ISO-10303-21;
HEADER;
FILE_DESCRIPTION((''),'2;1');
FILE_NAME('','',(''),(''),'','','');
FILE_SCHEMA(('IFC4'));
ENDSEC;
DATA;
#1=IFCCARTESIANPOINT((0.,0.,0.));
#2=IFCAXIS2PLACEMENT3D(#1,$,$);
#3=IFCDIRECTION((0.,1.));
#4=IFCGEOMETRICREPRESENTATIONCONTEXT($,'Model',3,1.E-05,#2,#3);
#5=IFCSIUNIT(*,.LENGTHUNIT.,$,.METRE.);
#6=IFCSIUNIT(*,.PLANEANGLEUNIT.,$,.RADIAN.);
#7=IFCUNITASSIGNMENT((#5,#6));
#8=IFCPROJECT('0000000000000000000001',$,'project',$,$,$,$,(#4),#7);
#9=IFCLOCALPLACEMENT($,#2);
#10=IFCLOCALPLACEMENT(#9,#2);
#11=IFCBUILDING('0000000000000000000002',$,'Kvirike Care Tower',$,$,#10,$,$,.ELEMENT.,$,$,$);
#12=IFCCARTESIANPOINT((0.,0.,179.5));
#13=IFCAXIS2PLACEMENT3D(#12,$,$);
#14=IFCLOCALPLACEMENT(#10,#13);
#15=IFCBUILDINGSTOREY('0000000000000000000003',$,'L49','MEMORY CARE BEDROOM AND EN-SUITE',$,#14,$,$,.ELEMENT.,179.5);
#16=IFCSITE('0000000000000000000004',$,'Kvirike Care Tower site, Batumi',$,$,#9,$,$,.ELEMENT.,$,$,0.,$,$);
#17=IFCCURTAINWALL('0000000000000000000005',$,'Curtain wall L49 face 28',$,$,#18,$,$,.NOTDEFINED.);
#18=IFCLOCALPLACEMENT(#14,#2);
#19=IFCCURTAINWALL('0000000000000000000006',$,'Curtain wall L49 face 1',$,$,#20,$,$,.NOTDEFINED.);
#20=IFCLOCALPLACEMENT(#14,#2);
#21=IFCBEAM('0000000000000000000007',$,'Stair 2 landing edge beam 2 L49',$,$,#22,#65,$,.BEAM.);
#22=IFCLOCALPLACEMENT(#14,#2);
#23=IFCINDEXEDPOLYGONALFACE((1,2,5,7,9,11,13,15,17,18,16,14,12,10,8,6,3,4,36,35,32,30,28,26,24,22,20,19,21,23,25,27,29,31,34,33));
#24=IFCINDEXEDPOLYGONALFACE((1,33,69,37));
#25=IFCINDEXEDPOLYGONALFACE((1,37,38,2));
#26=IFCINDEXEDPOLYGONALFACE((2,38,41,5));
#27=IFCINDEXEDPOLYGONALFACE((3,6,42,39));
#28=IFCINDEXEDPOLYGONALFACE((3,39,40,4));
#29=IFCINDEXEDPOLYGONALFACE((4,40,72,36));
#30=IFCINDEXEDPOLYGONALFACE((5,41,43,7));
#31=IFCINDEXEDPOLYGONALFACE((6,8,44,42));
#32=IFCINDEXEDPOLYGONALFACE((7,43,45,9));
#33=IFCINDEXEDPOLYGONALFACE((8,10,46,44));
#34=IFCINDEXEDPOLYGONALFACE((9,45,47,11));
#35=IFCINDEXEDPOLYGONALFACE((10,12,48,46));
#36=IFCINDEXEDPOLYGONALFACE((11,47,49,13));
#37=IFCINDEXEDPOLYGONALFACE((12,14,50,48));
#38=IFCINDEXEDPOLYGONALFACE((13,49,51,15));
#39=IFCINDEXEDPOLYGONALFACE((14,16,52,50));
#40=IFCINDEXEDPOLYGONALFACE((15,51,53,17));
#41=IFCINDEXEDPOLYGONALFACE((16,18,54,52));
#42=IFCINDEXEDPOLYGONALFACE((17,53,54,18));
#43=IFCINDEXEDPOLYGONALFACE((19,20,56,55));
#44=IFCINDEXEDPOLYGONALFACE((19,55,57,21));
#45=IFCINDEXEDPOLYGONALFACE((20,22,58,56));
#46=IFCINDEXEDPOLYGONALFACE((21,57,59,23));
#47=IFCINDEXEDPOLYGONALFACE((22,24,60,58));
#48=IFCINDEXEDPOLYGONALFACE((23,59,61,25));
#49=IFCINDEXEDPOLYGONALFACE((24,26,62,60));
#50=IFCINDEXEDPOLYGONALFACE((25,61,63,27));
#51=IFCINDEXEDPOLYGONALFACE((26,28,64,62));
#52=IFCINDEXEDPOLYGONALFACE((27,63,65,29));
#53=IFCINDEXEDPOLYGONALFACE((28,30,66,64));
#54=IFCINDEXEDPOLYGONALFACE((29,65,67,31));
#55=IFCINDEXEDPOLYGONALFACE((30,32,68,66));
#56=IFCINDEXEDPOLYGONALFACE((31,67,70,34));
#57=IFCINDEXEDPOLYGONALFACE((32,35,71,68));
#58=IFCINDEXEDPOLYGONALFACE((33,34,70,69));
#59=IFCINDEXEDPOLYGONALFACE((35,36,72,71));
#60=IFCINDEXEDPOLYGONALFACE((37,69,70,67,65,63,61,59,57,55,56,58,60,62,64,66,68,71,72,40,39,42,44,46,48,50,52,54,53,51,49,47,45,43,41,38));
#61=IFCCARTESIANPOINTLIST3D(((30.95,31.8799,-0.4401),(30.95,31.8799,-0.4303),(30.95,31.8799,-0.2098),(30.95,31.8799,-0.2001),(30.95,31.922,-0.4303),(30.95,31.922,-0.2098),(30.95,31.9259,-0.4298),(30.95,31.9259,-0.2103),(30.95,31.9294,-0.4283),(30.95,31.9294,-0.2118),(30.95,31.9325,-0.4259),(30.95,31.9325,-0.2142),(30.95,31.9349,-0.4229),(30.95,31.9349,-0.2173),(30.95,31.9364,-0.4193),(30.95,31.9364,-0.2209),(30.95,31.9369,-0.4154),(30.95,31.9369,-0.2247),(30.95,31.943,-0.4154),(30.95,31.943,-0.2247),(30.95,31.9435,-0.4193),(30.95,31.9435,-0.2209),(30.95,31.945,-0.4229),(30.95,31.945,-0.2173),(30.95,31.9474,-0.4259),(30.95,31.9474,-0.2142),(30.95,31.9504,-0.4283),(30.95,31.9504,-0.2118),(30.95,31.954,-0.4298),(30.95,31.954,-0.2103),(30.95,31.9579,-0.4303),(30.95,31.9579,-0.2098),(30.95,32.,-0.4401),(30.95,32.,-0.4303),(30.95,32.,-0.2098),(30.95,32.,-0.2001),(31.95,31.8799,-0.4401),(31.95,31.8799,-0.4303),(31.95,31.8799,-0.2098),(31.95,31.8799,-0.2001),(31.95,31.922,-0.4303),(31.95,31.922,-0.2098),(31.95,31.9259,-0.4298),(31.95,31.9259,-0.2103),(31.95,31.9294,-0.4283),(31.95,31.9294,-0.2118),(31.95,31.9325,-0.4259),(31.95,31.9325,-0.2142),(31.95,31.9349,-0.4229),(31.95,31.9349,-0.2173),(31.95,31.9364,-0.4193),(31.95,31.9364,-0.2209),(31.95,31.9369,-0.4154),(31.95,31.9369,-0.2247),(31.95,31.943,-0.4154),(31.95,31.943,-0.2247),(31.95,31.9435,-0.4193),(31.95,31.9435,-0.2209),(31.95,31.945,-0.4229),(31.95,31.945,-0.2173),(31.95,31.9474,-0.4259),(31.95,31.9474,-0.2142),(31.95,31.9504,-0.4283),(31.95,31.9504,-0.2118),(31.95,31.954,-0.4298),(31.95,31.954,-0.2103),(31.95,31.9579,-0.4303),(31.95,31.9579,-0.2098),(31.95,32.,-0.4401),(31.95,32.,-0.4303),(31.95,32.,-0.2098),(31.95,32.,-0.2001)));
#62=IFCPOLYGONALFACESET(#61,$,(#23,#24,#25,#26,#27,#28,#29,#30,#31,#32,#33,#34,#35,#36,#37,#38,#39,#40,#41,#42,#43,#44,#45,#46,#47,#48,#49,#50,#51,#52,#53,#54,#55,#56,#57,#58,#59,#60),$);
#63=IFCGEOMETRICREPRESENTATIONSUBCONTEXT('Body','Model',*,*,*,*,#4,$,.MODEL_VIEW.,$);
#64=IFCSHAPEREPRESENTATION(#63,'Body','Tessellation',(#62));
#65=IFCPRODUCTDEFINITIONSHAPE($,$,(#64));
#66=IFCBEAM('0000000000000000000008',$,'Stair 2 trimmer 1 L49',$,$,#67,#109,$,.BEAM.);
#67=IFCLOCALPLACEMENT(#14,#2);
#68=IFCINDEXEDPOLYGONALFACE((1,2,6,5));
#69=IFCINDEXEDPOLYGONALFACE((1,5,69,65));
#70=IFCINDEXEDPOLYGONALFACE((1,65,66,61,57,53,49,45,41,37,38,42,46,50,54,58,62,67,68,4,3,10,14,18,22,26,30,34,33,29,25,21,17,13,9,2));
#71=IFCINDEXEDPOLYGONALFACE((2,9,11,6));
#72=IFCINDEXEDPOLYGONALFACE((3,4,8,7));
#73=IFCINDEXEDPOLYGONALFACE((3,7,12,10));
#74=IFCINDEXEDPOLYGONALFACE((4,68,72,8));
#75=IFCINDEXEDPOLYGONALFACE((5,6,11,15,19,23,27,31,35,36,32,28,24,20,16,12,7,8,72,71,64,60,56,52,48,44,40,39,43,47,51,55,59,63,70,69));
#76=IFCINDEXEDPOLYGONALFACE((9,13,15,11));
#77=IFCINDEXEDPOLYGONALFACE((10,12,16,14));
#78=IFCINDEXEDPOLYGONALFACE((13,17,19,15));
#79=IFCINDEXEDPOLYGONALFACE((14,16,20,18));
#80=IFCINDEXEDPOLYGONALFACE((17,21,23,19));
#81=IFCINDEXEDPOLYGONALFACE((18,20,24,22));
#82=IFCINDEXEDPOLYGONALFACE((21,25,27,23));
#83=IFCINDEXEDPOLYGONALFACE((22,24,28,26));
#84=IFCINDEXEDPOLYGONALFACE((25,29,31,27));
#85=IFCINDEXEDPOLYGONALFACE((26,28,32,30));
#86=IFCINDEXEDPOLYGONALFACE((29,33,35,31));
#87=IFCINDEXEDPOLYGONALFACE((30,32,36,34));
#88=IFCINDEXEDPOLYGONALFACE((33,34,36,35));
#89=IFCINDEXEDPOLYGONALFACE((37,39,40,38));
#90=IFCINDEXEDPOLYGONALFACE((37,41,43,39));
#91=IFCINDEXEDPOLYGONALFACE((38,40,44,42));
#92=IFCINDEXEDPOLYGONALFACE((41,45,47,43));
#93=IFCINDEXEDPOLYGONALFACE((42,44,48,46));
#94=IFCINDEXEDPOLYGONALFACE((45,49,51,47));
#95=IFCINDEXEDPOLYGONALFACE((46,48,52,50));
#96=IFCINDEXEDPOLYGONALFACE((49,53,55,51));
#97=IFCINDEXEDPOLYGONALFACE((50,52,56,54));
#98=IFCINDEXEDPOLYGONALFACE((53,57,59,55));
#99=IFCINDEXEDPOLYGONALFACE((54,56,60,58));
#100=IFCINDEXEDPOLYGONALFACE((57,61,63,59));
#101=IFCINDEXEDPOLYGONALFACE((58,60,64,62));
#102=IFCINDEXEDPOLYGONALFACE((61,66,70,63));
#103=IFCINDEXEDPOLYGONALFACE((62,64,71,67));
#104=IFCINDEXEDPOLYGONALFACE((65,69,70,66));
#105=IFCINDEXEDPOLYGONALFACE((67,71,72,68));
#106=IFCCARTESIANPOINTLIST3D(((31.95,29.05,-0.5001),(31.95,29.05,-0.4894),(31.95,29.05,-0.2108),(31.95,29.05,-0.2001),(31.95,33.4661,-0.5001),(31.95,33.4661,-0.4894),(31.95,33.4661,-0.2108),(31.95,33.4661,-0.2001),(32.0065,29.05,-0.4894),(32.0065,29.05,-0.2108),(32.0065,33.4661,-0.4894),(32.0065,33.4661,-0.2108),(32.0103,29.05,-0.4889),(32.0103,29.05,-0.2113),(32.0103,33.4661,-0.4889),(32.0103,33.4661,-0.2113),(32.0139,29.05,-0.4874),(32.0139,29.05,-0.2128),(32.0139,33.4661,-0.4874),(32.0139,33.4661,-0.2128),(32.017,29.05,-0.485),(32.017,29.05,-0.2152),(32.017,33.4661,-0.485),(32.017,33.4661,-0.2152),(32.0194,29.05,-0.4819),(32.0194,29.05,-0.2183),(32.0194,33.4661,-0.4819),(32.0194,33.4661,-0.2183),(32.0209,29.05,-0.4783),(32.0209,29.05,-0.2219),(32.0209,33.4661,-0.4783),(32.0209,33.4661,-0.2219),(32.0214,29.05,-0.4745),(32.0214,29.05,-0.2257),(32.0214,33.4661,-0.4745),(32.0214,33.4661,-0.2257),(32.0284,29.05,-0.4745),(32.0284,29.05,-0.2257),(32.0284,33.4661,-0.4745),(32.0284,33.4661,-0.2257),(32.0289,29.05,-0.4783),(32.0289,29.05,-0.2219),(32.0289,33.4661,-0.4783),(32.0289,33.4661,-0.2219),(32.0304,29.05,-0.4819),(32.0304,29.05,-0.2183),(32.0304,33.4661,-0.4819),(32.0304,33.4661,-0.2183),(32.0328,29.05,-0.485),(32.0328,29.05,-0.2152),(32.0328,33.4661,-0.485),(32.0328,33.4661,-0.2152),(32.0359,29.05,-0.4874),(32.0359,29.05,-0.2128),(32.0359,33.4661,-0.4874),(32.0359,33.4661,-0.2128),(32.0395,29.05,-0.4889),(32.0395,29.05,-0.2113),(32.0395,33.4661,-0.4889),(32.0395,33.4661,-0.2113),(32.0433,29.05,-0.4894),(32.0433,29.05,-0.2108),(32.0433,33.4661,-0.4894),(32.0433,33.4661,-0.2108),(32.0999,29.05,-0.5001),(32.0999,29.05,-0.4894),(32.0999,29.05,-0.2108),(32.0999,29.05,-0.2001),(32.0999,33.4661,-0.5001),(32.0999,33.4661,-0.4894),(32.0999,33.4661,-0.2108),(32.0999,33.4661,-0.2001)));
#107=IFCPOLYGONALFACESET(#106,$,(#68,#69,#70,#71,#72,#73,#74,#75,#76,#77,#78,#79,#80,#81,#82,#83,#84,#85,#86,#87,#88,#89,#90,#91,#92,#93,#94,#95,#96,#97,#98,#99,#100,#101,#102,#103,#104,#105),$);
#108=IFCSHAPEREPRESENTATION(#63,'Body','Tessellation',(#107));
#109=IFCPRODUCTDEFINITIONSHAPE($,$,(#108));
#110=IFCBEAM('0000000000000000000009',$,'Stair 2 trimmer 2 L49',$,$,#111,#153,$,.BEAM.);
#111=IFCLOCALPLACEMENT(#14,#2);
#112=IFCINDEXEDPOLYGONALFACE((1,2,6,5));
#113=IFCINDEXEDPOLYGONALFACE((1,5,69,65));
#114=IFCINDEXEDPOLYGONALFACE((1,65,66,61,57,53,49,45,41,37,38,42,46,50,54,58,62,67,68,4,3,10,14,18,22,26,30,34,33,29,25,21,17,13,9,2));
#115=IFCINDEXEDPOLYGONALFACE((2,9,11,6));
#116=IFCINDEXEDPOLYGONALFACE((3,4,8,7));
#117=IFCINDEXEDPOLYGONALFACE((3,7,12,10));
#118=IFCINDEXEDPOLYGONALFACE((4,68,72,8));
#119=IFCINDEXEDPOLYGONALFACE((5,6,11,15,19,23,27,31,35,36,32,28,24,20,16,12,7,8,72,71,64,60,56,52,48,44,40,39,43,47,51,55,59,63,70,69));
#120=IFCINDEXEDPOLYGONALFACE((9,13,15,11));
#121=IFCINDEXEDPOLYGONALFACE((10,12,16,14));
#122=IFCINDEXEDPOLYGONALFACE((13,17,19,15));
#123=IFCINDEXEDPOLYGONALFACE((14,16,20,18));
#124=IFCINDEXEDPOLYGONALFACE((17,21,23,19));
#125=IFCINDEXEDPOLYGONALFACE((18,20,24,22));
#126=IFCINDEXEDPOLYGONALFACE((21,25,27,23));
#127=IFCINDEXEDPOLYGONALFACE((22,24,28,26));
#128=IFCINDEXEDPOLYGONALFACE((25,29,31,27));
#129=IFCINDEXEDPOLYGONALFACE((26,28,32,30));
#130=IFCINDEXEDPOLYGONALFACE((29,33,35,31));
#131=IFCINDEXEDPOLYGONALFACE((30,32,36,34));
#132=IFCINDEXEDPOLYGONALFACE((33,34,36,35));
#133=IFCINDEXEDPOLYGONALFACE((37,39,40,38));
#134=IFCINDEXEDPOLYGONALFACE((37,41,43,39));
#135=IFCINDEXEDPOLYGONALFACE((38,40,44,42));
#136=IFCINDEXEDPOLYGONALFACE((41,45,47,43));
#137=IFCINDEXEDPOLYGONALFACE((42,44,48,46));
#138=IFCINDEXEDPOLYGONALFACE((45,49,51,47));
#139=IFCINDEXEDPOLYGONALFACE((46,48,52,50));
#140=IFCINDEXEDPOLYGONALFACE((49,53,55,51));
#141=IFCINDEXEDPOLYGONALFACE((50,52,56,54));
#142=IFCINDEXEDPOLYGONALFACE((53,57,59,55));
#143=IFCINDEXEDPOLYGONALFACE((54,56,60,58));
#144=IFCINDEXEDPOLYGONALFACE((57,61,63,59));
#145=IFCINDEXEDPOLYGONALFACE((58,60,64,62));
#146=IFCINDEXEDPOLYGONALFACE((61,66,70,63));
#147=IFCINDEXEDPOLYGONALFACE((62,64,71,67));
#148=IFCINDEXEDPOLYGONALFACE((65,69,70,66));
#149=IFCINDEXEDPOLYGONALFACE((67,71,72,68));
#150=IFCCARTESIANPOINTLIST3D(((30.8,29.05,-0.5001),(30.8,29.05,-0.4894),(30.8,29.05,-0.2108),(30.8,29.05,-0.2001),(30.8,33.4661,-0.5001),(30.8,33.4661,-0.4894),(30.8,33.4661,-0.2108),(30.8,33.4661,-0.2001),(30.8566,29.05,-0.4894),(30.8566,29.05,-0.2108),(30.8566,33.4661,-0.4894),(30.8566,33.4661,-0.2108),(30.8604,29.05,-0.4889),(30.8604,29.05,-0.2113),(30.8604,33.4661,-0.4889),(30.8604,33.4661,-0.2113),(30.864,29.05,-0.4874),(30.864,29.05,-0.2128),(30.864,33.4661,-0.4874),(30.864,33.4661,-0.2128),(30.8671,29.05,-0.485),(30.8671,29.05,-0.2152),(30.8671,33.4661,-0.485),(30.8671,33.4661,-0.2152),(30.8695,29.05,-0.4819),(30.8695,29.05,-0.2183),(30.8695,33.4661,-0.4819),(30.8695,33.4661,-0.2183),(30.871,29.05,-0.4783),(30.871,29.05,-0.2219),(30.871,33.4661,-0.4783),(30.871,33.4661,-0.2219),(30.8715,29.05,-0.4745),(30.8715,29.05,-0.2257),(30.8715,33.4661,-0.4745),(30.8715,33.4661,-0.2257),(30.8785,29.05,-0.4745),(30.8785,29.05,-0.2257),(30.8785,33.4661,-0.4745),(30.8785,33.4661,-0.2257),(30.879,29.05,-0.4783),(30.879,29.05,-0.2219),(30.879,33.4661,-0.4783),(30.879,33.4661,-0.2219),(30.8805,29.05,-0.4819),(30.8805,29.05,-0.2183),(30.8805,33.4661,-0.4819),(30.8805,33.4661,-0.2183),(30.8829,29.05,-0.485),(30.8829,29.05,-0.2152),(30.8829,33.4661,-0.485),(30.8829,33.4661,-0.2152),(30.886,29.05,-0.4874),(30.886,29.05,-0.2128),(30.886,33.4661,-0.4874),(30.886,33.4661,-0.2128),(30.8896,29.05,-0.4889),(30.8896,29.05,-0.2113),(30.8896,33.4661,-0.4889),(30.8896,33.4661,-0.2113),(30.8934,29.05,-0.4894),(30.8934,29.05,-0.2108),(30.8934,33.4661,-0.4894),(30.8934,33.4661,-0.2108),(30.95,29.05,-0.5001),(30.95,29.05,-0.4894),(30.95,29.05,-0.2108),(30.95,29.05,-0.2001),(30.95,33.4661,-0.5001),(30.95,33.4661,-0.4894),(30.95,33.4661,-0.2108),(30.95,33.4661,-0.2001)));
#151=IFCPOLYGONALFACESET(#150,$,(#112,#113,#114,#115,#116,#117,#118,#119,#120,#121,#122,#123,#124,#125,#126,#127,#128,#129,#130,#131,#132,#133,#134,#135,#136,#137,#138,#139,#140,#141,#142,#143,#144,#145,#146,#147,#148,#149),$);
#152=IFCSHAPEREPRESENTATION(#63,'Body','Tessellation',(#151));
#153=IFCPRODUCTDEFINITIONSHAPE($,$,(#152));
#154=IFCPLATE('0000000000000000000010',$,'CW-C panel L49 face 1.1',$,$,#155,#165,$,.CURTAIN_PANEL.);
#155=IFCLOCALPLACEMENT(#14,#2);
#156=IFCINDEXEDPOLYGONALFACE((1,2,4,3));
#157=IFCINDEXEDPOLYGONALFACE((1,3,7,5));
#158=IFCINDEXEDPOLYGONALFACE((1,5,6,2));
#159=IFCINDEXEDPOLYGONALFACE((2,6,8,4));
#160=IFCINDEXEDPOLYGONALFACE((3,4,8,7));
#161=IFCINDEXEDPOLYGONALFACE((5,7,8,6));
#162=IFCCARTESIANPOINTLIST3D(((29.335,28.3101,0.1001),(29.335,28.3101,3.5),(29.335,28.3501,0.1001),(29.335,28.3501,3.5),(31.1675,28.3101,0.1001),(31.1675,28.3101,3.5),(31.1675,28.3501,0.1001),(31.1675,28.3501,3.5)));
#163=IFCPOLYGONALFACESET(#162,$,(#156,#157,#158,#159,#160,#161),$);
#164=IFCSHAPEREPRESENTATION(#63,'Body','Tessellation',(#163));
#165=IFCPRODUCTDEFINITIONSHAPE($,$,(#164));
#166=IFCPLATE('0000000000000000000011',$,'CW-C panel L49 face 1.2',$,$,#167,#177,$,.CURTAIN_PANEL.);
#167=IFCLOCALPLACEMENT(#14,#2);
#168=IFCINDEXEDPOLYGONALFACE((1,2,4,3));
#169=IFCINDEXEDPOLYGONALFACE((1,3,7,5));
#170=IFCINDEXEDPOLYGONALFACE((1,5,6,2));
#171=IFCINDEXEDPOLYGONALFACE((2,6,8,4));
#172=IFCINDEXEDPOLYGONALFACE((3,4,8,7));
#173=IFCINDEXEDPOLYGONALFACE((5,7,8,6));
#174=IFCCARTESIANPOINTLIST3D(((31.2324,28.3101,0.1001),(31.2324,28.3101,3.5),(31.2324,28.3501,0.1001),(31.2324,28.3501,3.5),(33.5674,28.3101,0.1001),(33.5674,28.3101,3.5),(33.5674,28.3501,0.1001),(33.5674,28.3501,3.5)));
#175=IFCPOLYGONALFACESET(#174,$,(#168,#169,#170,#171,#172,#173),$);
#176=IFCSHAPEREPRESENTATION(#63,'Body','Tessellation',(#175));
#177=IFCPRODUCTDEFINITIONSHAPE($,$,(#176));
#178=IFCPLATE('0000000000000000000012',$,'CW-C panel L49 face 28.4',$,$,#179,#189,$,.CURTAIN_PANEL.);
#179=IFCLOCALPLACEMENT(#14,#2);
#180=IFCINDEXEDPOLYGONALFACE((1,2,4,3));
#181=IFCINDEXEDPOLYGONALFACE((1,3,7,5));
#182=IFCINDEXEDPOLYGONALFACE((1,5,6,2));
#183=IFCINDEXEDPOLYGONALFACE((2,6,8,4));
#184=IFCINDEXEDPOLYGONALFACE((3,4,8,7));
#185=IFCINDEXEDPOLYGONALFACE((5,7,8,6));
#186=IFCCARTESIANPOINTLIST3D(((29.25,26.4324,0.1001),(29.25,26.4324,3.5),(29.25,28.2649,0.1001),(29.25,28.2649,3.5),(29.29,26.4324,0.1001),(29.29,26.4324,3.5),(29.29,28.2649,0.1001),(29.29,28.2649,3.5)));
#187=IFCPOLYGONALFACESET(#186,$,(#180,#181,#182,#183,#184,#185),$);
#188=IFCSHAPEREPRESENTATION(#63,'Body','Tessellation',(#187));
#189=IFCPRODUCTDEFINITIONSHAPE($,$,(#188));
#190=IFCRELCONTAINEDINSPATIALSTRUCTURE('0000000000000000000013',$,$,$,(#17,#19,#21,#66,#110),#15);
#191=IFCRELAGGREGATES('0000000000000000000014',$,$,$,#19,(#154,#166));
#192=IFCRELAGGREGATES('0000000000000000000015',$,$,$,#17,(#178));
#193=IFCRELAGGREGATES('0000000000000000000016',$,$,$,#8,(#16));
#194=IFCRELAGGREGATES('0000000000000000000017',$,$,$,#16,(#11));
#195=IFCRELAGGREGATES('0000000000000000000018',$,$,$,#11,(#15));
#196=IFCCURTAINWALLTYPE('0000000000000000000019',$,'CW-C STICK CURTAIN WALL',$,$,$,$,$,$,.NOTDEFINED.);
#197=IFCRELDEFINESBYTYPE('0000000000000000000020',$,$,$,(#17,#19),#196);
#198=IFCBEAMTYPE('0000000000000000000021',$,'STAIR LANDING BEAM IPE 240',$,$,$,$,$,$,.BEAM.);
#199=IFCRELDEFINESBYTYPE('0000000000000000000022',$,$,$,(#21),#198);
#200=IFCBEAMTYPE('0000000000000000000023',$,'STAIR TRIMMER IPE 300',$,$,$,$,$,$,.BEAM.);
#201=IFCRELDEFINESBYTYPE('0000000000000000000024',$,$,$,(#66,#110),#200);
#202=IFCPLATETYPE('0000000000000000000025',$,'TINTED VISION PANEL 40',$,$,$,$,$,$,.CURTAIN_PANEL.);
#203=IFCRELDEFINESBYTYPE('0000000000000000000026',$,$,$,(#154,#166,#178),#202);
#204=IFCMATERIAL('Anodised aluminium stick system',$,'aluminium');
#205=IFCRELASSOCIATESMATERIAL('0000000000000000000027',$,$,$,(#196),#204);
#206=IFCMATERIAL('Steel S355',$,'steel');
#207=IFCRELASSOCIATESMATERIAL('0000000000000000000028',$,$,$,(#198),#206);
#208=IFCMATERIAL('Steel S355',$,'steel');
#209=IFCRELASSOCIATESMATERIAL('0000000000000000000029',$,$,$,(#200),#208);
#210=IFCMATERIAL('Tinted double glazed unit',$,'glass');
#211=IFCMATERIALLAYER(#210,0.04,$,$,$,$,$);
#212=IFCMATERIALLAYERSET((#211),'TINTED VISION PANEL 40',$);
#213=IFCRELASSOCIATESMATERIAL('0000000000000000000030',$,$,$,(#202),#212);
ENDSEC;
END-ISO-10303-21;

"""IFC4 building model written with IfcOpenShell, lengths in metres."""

from ifc_helpers import new_model, si_unit, direction, frame, origin, origin_2d, place, context, subcontext, project, spatial, rectangle, i_section, extrude, material, layer, layer_set, material_profile, profile_set, type_object, element, aggregate, save


model = new_model("IFC4")

# Units and contexts
model_context = context("Model", 3, precision=1e-05, world=origin(), true_north=direction((0.0, 1.0)))
body_context = subcontext(model_context, "Body", "Model", "MODEL_VIEW")
ifc_project = project(units=[si_unit("LENGTHUNIT", "METRE"), si_unit("PLANEANGLEUNIT", "RADIAN")], contexts=[model_context])

# Site, building, storey
site_placement = place(None, origin())
site = spatial("IfcSite", under=ifc_project, at=site_placement, Name="Kvirike Care Tower site, Batumi", CompositionType="ELEMENT", RefElevation=0.0)
building_placement = place(site_placement, origin())
building = spatial("IfcBuilding", under=site, at=building_placement, Name="Kvirike Care Tower", CompositionType="ELEMENT")
storey_placement = place(building_placement, frame((0.0, 0.0, 179.5)))
storey = spatial("IfcBuildingStorey", under=building, at=storey_placement, Name="L49", Description="MEMORY CARE BEDROOM AND EN-SUITE", CompositionType="ELEMENT", Elevation=179.5)

# Curtain wall
ifc_material_1 = material(Name="Anodised aluminium stick system", Category="aluminium")
curtain_wall_type = type_object("IfcCurtainWallType", Name="CW-C STICK CURTAIN WALL", PredefinedType="NOTDEFINED", material=ifc_material_1)
curtain_wall_1_placement = place(storey_placement, origin())
curtain_wall_1 = element("IfcCurtainWall", 1, at=curtain_wall_1_placement, inside=storey, type_object=curtain_wall_type, Name="Curtain wall L49 face 28", PredefinedType="NOTDEFINED")

# Curtain wall
curtain_wall_2_placement = place(storey_placement, origin())
curtain_wall_2 = element("IfcCurtainWall", 2, at=curtain_wall_2_placement, inside=storey, type_object=curtain_wall_type, Name="Curtain wall L49 face 1", PredefinedType="NOTDEFINED")

# Beams
ifc_material_2 = material(Name="Steel S355", Category="steel")
ifc_material_profile_1 = material_profile(ifc_material_2, i_section(OverallWidth=0.1201, OverallDepth=0.24, WebThickness=0.0061, FlangeThickness=0.0098, FilletRadius=0.0149, at=origin_2d()), Name="IPE 240")
ifc_profile_set_1 = profile_set([ifc_material_profile_1], Name="Steel S355")
beam_type_1 = type_object("IfcBeamType", Name="STAIR LANDING BEAM IPE 240", PredefinedType="BEAM", material=ifc_profile_set_1)
for number, where, z_axis, x_axis, name in (
    (3, (31.95, 31.9399, -0.3201), (-1.0, 0.0, 0.0), (0.0, -1.0, 0.0), "Stair 2 landing edge beam 2 L49"),
):
    element("IfcBeam", number, at=place(storey_placement, frame(where, z_axis=z_axis, x_axis=x_axis)), inside=storey, type_object=beam_type_1, Name=name, PredefinedType="BEAM", context=body_context, shape_type="SweptSolid", body=[
        extrude(i_section(OverallWidth=0.1201, OverallDepth=0.24, WebThickness=0.0061, FlangeThickness=0.0098, FilletRadius=0.0149, at=origin_2d()), origin(), (0.0, 0.0, 1.0), 1.0),
    ])
ifc_material_3 = material(Name="Steel S355", Category="steel")
ifc_material_profile_2 = material_profile(ifc_material_3, i_section(OverallWidth=0.1499, OverallDepth=0.3, WebThickness=0.0071, FlangeThickness=0.0107, FilletRadius=0.0149, at=origin_2d()), Name="IPE 300")
ifc_profile_set_2 = profile_set([ifc_material_profile_2], Name="Steel S355")
beam_type_2 = type_object("IfcBeamType", Name="STAIR TRIMMER IPE 300", PredefinedType="BEAM", material=ifc_profile_set_2)
for number, where, z_axis, x_axis, name in (
    (4, (32.0249, 29.05, -0.3501), (0.0, 1.0, 0.0), (-1.0, 0.0, 0.0), "Stair 2 trimmer 1 L49"),
    (5, (30.875, 29.05, -0.3501), (0.0, 1.0, 0.0), (-1.0, 0.0, 0.0), "Stair 2 trimmer 2 L49"),
):
    element("IfcBeam", number, at=place(storey_placement, frame(where, z_axis=z_axis, x_axis=x_axis)), inside=storey, type_object=beam_type_2, Name=name, PredefinedType="BEAM", context=body_context, shape_type="SweptSolid", body=[
        extrude(i_section(OverallWidth=0.1499, OverallDepth=0.3, WebThickness=0.0071, FlangeThickness=0.0107, FilletRadius=0.0149, at=origin_2d()), origin(), (0.0, 0.0, 1.0), 4.416),
    ])

# Plates
ifc_material_4 = material(Name="Tinted double glazed unit", Category="glass")
ifc_layer_1 = layer(ifc_material_4, 0.04)
ifc_layer_set_1 = layer_set([ifc_layer_1], Name="TINTED VISION PANEL 40")
plate_type = type_object("IfcPlateType", Name="TINTED VISION PANEL 40", PredefinedType="CURTAIN_PANEL", material=ifc_layer_set_1)
plate_1_placement = place(storey_placement, frame((30.2512, 28.3301, 0.1001), z_axis=(0.0, 0.0, 1.0), x_axis=(1.0, 0.0, 0.0)))
plate_1 = element("IfcPlate", 6, at=plate_1_placement, type_object=plate_type, Name="CW-C panel L49 face 1.1", PredefinedType="CURTAIN_PANEL", context=body_context, shape_type="SweptSolid", body=[
    extrude(rectangle(XDim=1.8325, YDim=0.04, at=origin_2d()), origin(), (0.0, 0.0, 1.0), 3.3999),
])
plate_2_placement = place(storey_placement, frame((32.3999, 28.3301, 0.1001), z_axis=(0.0, 0.0, 1.0), x_axis=(1.0, 0.0, 0.0)))
plate_2 = element("IfcPlate", 7, at=plate_2_placement, type_object=plate_type, Name="CW-C panel L49 face 1.2", PredefinedType="CURTAIN_PANEL", context=body_context, shape_type="SweptSolid", body=[
    extrude(rectangle(XDim=2.335, YDim=0.04, at=origin_2d()), origin(), (0.0, 0.0, 1.0), 3.3999),
])
aggregate(curtain_wall_2, [plate_1, plate_2])
plate_3_placement = place(storey_placement, frame((29.27, 27.3486, 0.1001), z_axis=(0.0, 0.0, 1.0), x_axis=(0.0, 1.0, 0.0)))
plate_3 = element("IfcPlate", 8, at=plate_3_placement, type_object=plate_type, Name="CW-C panel L49 face 28.4", PredefinedType="CURTAIN_PANEL", context=body_context, shape_type="SweptSolid", body=[
    extrude(rectangle(XDim=1.8325, YDim=0.04, at=origin_2d()), origin(), (0.0, 0.0, 1.0), 3.3999),
])
aggregate(curtain_wall_1, [plate_3])

save(model, "model.ifc")
